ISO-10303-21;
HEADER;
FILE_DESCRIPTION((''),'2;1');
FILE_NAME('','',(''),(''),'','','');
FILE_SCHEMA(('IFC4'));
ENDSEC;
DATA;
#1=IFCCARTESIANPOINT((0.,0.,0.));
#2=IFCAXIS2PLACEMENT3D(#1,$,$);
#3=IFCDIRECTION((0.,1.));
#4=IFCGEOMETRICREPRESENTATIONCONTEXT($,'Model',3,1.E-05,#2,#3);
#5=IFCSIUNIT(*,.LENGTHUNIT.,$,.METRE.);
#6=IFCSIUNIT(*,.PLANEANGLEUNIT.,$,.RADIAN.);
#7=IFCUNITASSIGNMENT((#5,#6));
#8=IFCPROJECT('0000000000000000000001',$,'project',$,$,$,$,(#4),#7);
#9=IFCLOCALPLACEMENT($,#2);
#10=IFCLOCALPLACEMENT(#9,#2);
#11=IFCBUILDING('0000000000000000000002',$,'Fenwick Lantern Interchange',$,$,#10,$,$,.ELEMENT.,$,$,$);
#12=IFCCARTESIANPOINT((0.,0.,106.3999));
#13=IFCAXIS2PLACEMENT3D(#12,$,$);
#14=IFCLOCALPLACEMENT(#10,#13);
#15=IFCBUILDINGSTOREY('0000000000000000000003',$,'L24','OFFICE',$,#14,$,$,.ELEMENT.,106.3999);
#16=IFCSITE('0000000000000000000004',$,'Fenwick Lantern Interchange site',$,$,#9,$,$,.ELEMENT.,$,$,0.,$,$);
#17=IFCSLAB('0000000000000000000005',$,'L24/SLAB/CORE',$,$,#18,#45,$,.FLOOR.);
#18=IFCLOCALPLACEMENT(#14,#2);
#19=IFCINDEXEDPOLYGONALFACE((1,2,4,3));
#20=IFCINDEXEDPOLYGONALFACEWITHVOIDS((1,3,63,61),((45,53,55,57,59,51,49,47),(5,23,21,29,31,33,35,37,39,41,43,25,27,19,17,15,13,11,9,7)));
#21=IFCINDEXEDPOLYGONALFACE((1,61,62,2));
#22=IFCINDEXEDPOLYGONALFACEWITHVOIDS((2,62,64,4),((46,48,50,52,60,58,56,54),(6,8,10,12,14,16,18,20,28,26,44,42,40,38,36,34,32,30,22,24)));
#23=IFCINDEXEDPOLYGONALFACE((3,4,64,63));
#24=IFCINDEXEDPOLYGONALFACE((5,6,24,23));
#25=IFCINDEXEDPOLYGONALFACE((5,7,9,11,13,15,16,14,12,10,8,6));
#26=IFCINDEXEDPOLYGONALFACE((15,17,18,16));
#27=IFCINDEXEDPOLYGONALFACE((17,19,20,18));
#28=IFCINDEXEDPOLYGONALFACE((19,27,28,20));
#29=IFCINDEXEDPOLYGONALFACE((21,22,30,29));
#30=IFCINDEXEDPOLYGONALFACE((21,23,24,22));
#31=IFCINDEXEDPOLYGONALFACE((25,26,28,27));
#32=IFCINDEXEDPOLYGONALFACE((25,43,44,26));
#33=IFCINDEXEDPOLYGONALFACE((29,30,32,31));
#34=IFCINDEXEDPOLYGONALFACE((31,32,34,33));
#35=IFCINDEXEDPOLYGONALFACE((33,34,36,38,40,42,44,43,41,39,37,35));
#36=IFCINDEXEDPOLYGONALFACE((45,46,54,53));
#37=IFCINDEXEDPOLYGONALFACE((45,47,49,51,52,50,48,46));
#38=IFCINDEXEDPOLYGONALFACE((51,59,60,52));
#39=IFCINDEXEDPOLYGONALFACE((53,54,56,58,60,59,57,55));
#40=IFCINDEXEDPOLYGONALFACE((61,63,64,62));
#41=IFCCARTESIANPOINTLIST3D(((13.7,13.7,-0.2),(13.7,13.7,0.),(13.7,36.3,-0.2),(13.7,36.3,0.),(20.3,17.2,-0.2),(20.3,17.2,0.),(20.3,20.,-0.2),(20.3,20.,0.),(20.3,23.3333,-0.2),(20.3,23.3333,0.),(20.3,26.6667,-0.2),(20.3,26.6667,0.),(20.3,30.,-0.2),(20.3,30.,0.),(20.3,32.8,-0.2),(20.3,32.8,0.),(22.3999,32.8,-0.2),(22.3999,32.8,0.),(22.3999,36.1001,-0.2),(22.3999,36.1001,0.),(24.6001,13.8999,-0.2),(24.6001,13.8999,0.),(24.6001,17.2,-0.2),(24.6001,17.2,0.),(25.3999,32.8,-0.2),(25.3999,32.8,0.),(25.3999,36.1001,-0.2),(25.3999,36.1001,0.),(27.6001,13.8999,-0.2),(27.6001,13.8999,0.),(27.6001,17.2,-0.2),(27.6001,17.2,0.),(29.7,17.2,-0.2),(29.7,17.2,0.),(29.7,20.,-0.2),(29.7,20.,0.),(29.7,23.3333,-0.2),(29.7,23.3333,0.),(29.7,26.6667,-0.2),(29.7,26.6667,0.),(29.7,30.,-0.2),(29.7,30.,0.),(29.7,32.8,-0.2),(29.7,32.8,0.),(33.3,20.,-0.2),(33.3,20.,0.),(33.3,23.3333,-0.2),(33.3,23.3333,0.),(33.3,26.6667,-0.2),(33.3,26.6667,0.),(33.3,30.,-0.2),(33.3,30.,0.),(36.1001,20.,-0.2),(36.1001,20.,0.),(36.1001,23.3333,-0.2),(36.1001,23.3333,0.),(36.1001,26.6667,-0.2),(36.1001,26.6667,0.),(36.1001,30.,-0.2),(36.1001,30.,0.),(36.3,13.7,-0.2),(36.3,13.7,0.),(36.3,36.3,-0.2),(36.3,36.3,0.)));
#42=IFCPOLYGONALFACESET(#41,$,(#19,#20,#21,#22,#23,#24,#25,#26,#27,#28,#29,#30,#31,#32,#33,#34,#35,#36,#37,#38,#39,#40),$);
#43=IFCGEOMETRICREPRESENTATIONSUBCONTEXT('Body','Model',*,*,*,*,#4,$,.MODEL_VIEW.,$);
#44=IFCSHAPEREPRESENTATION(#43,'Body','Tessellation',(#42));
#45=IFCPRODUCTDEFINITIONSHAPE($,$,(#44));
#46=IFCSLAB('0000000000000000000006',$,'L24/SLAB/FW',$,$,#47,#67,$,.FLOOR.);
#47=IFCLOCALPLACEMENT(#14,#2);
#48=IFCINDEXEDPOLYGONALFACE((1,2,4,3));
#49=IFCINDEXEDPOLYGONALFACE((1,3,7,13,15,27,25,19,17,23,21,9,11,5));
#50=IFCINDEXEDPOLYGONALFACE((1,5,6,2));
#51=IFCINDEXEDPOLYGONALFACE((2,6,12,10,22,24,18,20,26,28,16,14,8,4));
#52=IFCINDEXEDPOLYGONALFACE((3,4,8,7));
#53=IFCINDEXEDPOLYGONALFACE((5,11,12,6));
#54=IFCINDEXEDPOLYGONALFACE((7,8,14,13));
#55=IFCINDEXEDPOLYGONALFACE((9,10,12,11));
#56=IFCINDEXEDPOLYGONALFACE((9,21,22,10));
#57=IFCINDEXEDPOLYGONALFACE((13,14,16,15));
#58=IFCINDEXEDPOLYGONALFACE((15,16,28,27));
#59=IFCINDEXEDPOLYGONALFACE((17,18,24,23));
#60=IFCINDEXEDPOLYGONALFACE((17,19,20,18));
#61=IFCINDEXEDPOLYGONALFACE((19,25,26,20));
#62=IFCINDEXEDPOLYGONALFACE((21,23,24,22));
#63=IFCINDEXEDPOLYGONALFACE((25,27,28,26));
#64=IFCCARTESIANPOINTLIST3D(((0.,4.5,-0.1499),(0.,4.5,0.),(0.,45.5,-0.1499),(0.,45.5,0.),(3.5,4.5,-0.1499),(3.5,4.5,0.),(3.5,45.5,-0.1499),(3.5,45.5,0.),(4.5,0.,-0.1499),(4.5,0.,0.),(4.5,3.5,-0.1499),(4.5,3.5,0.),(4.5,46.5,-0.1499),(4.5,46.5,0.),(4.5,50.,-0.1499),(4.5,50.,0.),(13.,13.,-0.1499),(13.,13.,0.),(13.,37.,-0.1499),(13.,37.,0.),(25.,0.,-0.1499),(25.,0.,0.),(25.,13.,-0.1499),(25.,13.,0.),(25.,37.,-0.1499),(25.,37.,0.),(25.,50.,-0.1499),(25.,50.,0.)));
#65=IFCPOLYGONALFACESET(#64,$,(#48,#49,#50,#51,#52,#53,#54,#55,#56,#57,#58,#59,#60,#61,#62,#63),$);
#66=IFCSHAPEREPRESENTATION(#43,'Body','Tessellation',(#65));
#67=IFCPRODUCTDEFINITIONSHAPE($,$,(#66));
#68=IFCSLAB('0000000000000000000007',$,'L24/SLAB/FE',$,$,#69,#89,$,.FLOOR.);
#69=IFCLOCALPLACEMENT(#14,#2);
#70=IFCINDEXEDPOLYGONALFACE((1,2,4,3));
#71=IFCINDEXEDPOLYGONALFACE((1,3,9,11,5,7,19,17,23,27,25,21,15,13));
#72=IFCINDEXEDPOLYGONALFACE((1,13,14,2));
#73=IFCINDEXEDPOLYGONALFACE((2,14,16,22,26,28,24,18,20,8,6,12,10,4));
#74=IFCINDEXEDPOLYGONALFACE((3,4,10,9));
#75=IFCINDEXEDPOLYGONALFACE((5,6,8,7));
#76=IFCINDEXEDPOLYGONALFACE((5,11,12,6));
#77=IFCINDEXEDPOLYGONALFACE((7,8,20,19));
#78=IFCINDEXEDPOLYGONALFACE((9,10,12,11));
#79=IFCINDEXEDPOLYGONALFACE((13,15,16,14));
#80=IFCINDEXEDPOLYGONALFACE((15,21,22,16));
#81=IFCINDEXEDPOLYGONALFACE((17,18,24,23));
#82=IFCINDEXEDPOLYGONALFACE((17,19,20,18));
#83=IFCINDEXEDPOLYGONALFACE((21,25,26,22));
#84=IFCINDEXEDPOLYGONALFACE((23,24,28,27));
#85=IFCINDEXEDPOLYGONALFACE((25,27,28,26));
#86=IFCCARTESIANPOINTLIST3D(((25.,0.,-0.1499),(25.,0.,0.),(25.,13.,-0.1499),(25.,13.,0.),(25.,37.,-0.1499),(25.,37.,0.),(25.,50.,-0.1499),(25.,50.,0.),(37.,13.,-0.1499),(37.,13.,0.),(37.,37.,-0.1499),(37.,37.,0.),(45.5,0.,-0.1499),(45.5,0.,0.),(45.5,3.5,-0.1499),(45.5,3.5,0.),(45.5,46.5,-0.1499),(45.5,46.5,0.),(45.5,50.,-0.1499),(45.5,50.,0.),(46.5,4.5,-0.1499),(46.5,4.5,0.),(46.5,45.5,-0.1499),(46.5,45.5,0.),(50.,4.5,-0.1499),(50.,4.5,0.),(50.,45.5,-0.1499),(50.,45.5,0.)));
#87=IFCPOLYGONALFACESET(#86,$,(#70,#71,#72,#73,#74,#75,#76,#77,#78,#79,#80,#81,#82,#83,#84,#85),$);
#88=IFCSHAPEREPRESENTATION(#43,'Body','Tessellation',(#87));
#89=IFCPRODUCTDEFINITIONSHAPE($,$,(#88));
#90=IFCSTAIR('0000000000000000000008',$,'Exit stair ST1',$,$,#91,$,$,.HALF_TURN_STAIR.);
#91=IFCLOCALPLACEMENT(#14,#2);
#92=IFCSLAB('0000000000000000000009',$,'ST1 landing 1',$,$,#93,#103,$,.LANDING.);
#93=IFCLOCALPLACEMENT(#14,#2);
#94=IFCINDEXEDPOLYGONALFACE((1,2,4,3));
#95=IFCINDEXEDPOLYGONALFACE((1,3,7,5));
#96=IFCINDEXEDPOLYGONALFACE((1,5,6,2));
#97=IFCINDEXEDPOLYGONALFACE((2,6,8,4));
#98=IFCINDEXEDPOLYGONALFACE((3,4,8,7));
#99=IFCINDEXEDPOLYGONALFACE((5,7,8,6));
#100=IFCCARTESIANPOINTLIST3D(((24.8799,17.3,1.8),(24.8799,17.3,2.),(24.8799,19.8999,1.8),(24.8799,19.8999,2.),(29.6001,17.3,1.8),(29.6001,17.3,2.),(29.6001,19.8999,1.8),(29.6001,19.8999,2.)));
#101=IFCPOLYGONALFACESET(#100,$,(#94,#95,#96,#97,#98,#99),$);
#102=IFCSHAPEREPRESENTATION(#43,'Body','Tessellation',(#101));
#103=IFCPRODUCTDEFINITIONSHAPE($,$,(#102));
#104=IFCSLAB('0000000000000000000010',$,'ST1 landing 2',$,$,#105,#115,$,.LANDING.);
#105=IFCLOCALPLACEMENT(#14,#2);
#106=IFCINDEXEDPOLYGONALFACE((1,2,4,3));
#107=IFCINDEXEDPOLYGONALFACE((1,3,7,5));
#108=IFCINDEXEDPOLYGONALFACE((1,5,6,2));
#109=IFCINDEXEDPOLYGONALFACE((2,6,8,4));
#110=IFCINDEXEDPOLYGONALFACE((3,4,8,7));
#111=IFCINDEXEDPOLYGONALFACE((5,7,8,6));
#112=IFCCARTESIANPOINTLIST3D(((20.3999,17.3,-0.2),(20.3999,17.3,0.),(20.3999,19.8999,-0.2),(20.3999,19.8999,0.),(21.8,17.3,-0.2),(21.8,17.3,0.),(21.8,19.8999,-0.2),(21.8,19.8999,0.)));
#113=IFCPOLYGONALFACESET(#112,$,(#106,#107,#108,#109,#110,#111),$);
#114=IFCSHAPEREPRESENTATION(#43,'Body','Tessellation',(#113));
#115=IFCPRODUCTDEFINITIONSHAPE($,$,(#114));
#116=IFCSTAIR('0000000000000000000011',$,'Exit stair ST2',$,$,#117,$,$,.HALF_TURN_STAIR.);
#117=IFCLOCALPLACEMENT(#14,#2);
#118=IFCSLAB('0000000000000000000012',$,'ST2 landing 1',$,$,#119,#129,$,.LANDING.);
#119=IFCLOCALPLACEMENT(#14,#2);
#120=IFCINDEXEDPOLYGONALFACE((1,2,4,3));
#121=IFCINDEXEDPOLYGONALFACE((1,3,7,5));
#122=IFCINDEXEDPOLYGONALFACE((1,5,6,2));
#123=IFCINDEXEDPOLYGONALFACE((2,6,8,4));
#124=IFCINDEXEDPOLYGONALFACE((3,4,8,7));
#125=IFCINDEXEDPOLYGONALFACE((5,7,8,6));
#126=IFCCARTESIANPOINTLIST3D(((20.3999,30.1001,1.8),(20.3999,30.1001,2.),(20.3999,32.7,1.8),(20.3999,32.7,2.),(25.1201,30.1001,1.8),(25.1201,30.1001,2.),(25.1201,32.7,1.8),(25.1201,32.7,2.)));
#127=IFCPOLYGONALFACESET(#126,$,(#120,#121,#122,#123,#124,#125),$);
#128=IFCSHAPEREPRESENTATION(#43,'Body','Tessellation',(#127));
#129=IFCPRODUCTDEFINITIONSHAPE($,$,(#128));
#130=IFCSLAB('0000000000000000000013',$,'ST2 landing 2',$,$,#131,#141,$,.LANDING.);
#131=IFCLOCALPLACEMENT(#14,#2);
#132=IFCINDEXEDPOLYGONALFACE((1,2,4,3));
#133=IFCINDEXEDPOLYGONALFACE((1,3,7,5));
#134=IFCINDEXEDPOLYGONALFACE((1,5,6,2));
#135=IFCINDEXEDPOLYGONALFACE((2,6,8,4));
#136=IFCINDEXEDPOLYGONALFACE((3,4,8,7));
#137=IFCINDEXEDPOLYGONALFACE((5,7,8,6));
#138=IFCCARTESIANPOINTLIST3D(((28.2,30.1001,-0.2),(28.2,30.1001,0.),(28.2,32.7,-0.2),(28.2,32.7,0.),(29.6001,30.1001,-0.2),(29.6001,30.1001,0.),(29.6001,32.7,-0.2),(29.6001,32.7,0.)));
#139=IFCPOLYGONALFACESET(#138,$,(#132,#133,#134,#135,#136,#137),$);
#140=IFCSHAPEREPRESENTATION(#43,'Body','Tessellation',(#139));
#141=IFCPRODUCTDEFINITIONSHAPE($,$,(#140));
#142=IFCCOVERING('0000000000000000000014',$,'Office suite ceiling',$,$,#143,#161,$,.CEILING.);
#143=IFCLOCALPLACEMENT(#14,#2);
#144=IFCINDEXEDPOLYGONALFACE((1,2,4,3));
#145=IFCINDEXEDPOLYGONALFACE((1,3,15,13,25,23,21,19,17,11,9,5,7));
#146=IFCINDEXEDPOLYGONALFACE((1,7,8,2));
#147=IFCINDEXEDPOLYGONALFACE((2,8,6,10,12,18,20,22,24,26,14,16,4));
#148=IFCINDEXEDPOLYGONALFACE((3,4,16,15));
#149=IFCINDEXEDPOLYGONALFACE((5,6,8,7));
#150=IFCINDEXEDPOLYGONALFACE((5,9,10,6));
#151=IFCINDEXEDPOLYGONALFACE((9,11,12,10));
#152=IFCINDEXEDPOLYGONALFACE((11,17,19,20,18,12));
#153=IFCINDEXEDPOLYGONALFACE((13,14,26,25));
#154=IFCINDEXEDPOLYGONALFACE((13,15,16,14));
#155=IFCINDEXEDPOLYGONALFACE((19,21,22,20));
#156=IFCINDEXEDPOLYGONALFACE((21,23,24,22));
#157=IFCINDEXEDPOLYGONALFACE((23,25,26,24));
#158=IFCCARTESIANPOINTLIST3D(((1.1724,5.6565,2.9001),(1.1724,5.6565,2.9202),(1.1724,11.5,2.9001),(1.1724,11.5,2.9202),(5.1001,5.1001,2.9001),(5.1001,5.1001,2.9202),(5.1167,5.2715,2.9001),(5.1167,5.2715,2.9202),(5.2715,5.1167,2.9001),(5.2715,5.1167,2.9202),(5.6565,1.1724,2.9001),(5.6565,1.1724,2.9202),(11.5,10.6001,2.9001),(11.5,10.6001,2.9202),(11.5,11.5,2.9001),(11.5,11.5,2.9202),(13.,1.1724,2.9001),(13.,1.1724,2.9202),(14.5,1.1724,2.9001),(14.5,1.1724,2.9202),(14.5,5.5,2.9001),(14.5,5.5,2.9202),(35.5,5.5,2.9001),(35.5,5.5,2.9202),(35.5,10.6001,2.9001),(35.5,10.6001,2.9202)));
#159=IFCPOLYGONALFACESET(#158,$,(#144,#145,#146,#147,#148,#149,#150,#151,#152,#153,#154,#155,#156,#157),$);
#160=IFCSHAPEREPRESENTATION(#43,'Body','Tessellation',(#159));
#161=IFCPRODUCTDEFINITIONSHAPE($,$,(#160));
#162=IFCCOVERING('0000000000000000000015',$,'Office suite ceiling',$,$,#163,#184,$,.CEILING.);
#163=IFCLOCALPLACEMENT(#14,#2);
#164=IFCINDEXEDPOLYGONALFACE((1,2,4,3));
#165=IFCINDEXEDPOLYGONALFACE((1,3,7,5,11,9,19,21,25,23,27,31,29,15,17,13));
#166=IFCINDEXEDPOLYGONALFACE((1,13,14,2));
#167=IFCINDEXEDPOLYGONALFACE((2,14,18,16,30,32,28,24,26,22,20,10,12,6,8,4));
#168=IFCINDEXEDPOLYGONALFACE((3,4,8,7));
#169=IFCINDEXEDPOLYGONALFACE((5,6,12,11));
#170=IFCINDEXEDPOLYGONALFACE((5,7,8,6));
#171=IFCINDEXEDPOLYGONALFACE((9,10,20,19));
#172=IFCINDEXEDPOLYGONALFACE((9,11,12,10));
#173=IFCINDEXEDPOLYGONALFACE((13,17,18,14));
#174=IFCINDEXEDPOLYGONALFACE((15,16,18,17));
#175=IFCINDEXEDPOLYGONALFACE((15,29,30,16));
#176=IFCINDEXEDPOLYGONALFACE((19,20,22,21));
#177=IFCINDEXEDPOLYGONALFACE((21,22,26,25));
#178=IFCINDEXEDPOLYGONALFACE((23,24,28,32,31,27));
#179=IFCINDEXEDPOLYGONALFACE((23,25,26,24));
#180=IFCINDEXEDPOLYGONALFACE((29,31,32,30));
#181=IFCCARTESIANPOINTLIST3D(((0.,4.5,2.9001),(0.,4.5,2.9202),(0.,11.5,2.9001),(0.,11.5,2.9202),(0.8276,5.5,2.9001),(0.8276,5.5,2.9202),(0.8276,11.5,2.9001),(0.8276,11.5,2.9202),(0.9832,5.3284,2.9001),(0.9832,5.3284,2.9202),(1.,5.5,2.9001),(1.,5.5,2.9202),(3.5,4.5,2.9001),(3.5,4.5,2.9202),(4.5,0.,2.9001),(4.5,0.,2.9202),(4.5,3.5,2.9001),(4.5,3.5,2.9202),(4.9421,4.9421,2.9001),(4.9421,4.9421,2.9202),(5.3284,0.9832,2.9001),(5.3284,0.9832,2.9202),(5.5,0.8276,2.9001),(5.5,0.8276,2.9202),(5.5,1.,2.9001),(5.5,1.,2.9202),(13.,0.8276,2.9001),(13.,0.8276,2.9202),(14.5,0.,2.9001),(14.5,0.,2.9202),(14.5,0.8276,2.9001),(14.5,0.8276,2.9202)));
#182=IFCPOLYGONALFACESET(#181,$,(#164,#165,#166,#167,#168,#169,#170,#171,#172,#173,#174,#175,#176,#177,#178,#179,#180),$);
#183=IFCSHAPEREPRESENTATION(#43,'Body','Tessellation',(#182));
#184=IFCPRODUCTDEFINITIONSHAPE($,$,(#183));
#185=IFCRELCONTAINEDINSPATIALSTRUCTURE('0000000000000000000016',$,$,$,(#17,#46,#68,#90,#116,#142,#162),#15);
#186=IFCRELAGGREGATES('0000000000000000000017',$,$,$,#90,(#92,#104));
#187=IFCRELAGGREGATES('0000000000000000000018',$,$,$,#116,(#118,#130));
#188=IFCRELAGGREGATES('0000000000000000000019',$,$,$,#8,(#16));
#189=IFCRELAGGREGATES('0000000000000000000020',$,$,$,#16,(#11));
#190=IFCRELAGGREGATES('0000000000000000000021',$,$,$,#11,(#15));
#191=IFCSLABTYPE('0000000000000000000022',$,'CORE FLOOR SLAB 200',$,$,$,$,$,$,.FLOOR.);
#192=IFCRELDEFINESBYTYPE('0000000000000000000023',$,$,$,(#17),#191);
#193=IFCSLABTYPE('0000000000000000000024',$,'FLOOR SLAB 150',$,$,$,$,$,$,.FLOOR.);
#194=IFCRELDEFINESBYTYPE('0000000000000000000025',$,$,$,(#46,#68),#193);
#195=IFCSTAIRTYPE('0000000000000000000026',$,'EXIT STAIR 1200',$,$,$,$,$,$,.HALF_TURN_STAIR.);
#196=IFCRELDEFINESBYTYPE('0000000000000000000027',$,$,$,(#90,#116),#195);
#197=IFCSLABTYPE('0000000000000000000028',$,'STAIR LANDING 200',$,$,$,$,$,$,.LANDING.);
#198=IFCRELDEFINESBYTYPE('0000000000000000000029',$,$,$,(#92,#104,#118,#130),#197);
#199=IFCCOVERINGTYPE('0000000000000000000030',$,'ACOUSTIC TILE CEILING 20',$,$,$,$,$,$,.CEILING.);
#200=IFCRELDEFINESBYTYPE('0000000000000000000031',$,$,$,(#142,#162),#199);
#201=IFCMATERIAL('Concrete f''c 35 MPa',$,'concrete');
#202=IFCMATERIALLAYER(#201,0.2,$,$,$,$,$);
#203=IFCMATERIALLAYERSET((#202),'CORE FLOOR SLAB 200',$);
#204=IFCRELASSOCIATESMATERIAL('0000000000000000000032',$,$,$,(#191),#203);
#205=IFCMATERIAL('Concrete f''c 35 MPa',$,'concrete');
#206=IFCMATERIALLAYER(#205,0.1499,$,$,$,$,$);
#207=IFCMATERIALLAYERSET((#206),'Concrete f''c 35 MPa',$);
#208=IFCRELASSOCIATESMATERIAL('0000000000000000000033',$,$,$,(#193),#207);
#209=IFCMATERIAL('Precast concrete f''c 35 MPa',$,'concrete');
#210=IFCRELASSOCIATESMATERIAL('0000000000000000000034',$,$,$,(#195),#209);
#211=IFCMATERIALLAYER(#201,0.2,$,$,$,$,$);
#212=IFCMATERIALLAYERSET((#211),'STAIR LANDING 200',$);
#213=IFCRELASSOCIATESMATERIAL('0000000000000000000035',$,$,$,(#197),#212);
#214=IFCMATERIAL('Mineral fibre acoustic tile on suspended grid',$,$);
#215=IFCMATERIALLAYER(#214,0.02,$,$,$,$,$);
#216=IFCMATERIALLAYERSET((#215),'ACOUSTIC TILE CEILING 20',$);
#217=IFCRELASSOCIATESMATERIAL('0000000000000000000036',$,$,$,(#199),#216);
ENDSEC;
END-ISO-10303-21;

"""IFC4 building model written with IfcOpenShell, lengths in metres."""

from ifc_helpers import new_model, si_unit, direction, frame, origin, place, context, subcontext, project, spatial, polyline, outline, extrude, material, layer, layer_set, type_object, element, aggregate, save


model = new_model("IFC4")

# Units and contexts
model_context = context("Model", 3, precision=1e-05, world=origin(), true_north=direction((0.0, 1.0)))
body_context = subcontext(model_context, "Body", "Model", "MODEL_VIEW")
ifc_project = project(units=[si_unit("LENGTHUNIT", "METRE"), si_unit("PLANEANGLEUNIT", "RADIAN")], contexts=[model_context])

# Site, building, storey
site_placement = place(None, origin())
site = spatial("IfcSite", under=ifc_project, at=site_placement, Name="Fenwick Lantern Interchange site", CompositionType="ELEMENT", RefElevation=0.0)
building_placement = place(site_placement, origin())
building = spatial("IfcBuilding", under=site, at=building_placement, Name="Fenwick Lantern Interchange", CompositionType="ELEMENT")
storey_placement = place(building_placement, frame((0.0, 0.0, 106.3999)))
storey = spatial("IfcBuildingStorey", under=building, at=storey_placement, Name="L24", Description="OFFICE", CompositionType="ELEMENT", Elevation=106.3999)

# Slabs
ifc_material_1 = material(Name="Concrete f'c 35 MPa", Category="concrete")
ifc_layer_1 = layer(ifc_material_1, 0.2)
ifc_layer_set_1 = layer_set([ifc_layer_1], Name="CORE FLOOR SLAB 200")
slab_type_1 = type_object("IfcSlabType", Name="CORE FLOOR SLAB 200", PredefinedType="FLOOR", material=ifc_layer_set_1)
slab_1_placement = place(storey_placement, frame((0.0, 0.0, -0.2)))
element("IfcSlab", 1, at=slab_1_placement, inside=storey, type_object=slab_type_1, Name="L24/SLAB/CORE", PredefinedType="FLOOR", context=body_context, shape_type="SweptSolid", body=[
    extrude(outline(polyline([(13.7, 36.3), (36.3, 36.3), (36.3, 13.7), (13.7, 13.7), (13.7, 36.3)]), holes=[polyline([(29.7, 17.2), (29.7, 20.0), (29.7, 23.3333), (29.7, 26.6667), (29.7, 30.0), (29.7, 32.8), (25.3999, 32.8), (25.3999, 36.1001), (22.3999, 36.1001), (22.3999, 32.8), (20.3, 32.8), (20.3, 30.0), (20.3, 26.6667), (20.3, 23.3333), (20.3, 20.0), (20.3, 17.2), (24.6001, 17.2), (24.6001, 13.8999), (27.6001, 13.8999), (27.6001, 17.2), (29.7, 17.2)]), polyline([(33.3, 23.3333), (33.3, 20.0), (36.1001, 20.0), (36.1001, 23.3333), (36.1001, 26.6667), (36.1001, 30.0), (33.3, 30.0), (33.3, 26.6667), (33.3, 23.3333)])]), origin(), (0.0, 0.0, 1.0), 0.2),
])
ifc_material_2 = material(Name="Concrete f'c 35 MPa", Category="concrete")
ifc_layer_2 = layer(ifc_material_2, 0.1499)
ifc_layer_set_2 = layer_set([ifc_layer_2], Name="Concrete f'c 35 MPa")
slab_type_2 = type_object("IfcSlabType", Name="FLOOR SLAB 150", PredefinedType="FLOOR", material=ifc_layer_set_2)
slab_2_placement = place(storey_placement, frame((0.0, 0.0, -0.1499)))
element("IfcSlab", 2, at=slab_2_placement, inside=storey, type_object=slab_type_2, Name="L24/SLAB/FW", PredefinedType="FLOOR", context=body_context, shape_type="SweptSolid", body=[
    extrude(outline(polyline([(4.5, 0.0), (4.5, 3.5), (3.5, 4.5), (0.0, 4.5), (0.0, 45.5), (3.5, 45.5), (4.5, 46.5), (4.5, 50.0), (25.0, 50.0), (25.0, 37.0), (13.0, 37.0), (13.0, 13.0), (25.0, 13.0), (25.0, 0.0), (4.5, 0.0)])), origin(), (0.0, 0.0, 1.0), 0.1499),
])
slab_3_placement = place(storey_placement, frame((0.0, 0.0, -0.1499)))
element("IfcSlab", 3, at=slab_3_placement, inside=storey, type_object=slab_type_2, Name="L24/SLAB/FE", PredefinedType="FLOOR", context=body_context, shape_type="SweptSolid", body=[
    extrude(outline(polyline([(45.5, 50.0), (45.5, 46.5), (46.5, 45.5), (50.0, 45.5), (50.0, 4.5), (46.5, 4.5), (45.5, 3.5), (45.5, 0.0), (25.0, 0.0), (25.0, 13.0), (37.0, 13.0), (37.0, 37.0), (25.0, 37.0), (25.0, 50.0), (45.5, 50.0)])), origin(), (0.0, 0.0, 1.0), 0.1499),
])

# Stairs, slabs
ifc_material_3 = material(Name="Precast concrete f'c 35 MPa", Category="concrete")
stair_type = type_object("IfcStairType", Name="EXIT STAIR 1200", PredefinedType="HALF_TURN_STAIR", material=ifc_material_3)
stair_1_placement = place(storey_placement, origin())
stair_1 = element("IfcStair", 4, at=stair_1_placement, inside=storey, type_object=stair_type, Name="Exit stair ST1", PredefinedType="HALF_TURN_STAIR")
ifc_layer_3 = layer(ifc_material_1, 0.2)
ifc_layer_set_3 = layer_set([ifc_layer_3], Name="STAIR LANDING 200")
slab_type_3 = type_object("IfcSlabType", Name="STAIR LANDING 200", PredefinedType="LANDING", material=ifc_layer_set_3)
slab_4_placement = place(storey_placement, frame((0.0, 0.0, 1.8)))
slab_4 = element("IfcSlab", 5, at=slab_4_placement, type_object=slab_type_3, Name="ST1 landing 1", PredefinedType="LANDING", context=body_context, shape_type="SweptSolid", body=[
    extrude(outline(polyline([(24.8799, 17.3), (29.6001, 17.3), (29.6001, 19.8999), (24.8799, 19.8999), (24.8799, 17.3)])), origin(), (0.0, 0.0, 1.0), 0.2),
])
slab_5_placement = place(storey_placement, frame((0.0, 0.0, -0.2)))
slab_5 = element("IfcSlab", 6, at=slab_5_placement, type_object=slab_type_3, Name="ST1 landing 2", PredefinedType="LANDING", context=body_context, shape_type="SweptSolid", body=[
    extrude(outline(polyline([(20.3999, 17.3), (21.8, 17.3), (21.8, 19.8999), (20.3999, 19.8999), (20.3999, 17.3)])), origin(), (0.0, 0.0, 1.0), 0.2),
])
aggregate(stair_1, [slab_4, slab_5])
stair_2_placement = place(storey_placement, origin())
stair_2 = element("IfcStair", 7, at=stair_2_placement, inside=storey, type_object=stair_type, Name="Exit stair ST2", PredefinedType="HALF_TURN_STAIR")
slab_6_placement = place(storey_placement, frame((0.0, 0.0, 1.8)))
slab_6 = element("IfcSlab", 8, at=slab_6_placement, type_object=slab_type_3, Name="ST2 landing 1", PredefinedType="LANDING", context=body_context, shape_type="SweptSolid", body=[
    extrude(outline(polyline([(25.1201, 32.7), (20.3999, 32.7), (20.3999, 30.1001), (25.1201, 30.1001), (25.1201, 32.7)])), origin(), (0.0, 0.0, 1.0), 0.2),
])
slab_7_placement = place(storey_placement, frame((0.0, 0.0, -0.2)))
slab_7 = element("IfcSlab", 9, at=slab_7_placement, type_object=slab_type_3, Name="ST2 landing 2", PredefinedType="LANDING", context=body_context, shape_type="SweptSolid", body=[
    extrude(outline(polyline([(29.6001, 32.7), (28.2, 32.7), (28.2, 30.1001), (29.6001, 30.1001), (29.6001, 32.7)])), origin(), (0.0, 0.0, 1.0), 0.2),
])
aggregate(stair_2, [slab_6, slab_7])

# Coverings
ifc_material_4 = material(Name="Mineral fibre acoustic tile on suspended grid")
ifc_layer_4 = layer(ifc_material_4, 0.02)
ifc_layer_set_4 = layer_set([ifc_layer_4], Name="ACOUSTIC TILE CEILING 20")
covering_type_1 = type_object("IfcCoveringType", Name="ACOUSTIC TILE CEILING 20", PredefinedType="CEILING", material=ifc_layer_set_4)
covering_1_placement = place(storey_placement, frame((0.0, 0.0, 2.9001)))
element("IfcCovering", 10, at=covering_1_placement, inside=storey, type_object=covering_type_1, Name="Office suite ceiling", PredefinedType="CEILING", context=body_context, shape_type="SweptSolid", body=[
    extrude(outline(polyline([(11.5, 11.5), (1.1724, 11.5), (1.1724, 5.6565), (5.1167, 5.2715), (5.1001, 5.1001), (5.2715, 5.1167), (5.6565, 1.1724), (13.0, 1.1724), (14.5, 1.1724), (14.5, 5.5), (35.5, 5.5), (35.5, 10.6001), (11.5, 10.6001), (11.5, 11.5)])), origin(), (0.0, 0.0, 1.0), 0.02),
])
covering_2_placement = place(storey_placement, frame((0.0, 0.0, 2.9001)))
element("IfcCovering", 11, at=covering_2_placement, inside=storey, type_object=covering_type_1, Name="Office suite ceiling", PredefinedType="CEILING", context=body_context, shape_type="SweptSolid", body=[
    extrude(outline(polyline([(0.8276, 11.5), (0.0, 11.5), (0.0, 4.5), (3.5, 4.5), (4.5, 3.5), (4.5, 0.0), (14.5, 0.0), (14.5, 0.8276), (13.0, 0.8276), (5.5, 0.8276), (5.5, 1.0), (5.3284, 0.9832), (4.9421, 4.9421), (0.9832, 5.3284), (1.0, 5.5), (0.8276, 5.5), (0.8276, 11.5)])), origin(), (0.0, 0.0, 1.0), 0.02),
])

save(model, "model.ifc")
